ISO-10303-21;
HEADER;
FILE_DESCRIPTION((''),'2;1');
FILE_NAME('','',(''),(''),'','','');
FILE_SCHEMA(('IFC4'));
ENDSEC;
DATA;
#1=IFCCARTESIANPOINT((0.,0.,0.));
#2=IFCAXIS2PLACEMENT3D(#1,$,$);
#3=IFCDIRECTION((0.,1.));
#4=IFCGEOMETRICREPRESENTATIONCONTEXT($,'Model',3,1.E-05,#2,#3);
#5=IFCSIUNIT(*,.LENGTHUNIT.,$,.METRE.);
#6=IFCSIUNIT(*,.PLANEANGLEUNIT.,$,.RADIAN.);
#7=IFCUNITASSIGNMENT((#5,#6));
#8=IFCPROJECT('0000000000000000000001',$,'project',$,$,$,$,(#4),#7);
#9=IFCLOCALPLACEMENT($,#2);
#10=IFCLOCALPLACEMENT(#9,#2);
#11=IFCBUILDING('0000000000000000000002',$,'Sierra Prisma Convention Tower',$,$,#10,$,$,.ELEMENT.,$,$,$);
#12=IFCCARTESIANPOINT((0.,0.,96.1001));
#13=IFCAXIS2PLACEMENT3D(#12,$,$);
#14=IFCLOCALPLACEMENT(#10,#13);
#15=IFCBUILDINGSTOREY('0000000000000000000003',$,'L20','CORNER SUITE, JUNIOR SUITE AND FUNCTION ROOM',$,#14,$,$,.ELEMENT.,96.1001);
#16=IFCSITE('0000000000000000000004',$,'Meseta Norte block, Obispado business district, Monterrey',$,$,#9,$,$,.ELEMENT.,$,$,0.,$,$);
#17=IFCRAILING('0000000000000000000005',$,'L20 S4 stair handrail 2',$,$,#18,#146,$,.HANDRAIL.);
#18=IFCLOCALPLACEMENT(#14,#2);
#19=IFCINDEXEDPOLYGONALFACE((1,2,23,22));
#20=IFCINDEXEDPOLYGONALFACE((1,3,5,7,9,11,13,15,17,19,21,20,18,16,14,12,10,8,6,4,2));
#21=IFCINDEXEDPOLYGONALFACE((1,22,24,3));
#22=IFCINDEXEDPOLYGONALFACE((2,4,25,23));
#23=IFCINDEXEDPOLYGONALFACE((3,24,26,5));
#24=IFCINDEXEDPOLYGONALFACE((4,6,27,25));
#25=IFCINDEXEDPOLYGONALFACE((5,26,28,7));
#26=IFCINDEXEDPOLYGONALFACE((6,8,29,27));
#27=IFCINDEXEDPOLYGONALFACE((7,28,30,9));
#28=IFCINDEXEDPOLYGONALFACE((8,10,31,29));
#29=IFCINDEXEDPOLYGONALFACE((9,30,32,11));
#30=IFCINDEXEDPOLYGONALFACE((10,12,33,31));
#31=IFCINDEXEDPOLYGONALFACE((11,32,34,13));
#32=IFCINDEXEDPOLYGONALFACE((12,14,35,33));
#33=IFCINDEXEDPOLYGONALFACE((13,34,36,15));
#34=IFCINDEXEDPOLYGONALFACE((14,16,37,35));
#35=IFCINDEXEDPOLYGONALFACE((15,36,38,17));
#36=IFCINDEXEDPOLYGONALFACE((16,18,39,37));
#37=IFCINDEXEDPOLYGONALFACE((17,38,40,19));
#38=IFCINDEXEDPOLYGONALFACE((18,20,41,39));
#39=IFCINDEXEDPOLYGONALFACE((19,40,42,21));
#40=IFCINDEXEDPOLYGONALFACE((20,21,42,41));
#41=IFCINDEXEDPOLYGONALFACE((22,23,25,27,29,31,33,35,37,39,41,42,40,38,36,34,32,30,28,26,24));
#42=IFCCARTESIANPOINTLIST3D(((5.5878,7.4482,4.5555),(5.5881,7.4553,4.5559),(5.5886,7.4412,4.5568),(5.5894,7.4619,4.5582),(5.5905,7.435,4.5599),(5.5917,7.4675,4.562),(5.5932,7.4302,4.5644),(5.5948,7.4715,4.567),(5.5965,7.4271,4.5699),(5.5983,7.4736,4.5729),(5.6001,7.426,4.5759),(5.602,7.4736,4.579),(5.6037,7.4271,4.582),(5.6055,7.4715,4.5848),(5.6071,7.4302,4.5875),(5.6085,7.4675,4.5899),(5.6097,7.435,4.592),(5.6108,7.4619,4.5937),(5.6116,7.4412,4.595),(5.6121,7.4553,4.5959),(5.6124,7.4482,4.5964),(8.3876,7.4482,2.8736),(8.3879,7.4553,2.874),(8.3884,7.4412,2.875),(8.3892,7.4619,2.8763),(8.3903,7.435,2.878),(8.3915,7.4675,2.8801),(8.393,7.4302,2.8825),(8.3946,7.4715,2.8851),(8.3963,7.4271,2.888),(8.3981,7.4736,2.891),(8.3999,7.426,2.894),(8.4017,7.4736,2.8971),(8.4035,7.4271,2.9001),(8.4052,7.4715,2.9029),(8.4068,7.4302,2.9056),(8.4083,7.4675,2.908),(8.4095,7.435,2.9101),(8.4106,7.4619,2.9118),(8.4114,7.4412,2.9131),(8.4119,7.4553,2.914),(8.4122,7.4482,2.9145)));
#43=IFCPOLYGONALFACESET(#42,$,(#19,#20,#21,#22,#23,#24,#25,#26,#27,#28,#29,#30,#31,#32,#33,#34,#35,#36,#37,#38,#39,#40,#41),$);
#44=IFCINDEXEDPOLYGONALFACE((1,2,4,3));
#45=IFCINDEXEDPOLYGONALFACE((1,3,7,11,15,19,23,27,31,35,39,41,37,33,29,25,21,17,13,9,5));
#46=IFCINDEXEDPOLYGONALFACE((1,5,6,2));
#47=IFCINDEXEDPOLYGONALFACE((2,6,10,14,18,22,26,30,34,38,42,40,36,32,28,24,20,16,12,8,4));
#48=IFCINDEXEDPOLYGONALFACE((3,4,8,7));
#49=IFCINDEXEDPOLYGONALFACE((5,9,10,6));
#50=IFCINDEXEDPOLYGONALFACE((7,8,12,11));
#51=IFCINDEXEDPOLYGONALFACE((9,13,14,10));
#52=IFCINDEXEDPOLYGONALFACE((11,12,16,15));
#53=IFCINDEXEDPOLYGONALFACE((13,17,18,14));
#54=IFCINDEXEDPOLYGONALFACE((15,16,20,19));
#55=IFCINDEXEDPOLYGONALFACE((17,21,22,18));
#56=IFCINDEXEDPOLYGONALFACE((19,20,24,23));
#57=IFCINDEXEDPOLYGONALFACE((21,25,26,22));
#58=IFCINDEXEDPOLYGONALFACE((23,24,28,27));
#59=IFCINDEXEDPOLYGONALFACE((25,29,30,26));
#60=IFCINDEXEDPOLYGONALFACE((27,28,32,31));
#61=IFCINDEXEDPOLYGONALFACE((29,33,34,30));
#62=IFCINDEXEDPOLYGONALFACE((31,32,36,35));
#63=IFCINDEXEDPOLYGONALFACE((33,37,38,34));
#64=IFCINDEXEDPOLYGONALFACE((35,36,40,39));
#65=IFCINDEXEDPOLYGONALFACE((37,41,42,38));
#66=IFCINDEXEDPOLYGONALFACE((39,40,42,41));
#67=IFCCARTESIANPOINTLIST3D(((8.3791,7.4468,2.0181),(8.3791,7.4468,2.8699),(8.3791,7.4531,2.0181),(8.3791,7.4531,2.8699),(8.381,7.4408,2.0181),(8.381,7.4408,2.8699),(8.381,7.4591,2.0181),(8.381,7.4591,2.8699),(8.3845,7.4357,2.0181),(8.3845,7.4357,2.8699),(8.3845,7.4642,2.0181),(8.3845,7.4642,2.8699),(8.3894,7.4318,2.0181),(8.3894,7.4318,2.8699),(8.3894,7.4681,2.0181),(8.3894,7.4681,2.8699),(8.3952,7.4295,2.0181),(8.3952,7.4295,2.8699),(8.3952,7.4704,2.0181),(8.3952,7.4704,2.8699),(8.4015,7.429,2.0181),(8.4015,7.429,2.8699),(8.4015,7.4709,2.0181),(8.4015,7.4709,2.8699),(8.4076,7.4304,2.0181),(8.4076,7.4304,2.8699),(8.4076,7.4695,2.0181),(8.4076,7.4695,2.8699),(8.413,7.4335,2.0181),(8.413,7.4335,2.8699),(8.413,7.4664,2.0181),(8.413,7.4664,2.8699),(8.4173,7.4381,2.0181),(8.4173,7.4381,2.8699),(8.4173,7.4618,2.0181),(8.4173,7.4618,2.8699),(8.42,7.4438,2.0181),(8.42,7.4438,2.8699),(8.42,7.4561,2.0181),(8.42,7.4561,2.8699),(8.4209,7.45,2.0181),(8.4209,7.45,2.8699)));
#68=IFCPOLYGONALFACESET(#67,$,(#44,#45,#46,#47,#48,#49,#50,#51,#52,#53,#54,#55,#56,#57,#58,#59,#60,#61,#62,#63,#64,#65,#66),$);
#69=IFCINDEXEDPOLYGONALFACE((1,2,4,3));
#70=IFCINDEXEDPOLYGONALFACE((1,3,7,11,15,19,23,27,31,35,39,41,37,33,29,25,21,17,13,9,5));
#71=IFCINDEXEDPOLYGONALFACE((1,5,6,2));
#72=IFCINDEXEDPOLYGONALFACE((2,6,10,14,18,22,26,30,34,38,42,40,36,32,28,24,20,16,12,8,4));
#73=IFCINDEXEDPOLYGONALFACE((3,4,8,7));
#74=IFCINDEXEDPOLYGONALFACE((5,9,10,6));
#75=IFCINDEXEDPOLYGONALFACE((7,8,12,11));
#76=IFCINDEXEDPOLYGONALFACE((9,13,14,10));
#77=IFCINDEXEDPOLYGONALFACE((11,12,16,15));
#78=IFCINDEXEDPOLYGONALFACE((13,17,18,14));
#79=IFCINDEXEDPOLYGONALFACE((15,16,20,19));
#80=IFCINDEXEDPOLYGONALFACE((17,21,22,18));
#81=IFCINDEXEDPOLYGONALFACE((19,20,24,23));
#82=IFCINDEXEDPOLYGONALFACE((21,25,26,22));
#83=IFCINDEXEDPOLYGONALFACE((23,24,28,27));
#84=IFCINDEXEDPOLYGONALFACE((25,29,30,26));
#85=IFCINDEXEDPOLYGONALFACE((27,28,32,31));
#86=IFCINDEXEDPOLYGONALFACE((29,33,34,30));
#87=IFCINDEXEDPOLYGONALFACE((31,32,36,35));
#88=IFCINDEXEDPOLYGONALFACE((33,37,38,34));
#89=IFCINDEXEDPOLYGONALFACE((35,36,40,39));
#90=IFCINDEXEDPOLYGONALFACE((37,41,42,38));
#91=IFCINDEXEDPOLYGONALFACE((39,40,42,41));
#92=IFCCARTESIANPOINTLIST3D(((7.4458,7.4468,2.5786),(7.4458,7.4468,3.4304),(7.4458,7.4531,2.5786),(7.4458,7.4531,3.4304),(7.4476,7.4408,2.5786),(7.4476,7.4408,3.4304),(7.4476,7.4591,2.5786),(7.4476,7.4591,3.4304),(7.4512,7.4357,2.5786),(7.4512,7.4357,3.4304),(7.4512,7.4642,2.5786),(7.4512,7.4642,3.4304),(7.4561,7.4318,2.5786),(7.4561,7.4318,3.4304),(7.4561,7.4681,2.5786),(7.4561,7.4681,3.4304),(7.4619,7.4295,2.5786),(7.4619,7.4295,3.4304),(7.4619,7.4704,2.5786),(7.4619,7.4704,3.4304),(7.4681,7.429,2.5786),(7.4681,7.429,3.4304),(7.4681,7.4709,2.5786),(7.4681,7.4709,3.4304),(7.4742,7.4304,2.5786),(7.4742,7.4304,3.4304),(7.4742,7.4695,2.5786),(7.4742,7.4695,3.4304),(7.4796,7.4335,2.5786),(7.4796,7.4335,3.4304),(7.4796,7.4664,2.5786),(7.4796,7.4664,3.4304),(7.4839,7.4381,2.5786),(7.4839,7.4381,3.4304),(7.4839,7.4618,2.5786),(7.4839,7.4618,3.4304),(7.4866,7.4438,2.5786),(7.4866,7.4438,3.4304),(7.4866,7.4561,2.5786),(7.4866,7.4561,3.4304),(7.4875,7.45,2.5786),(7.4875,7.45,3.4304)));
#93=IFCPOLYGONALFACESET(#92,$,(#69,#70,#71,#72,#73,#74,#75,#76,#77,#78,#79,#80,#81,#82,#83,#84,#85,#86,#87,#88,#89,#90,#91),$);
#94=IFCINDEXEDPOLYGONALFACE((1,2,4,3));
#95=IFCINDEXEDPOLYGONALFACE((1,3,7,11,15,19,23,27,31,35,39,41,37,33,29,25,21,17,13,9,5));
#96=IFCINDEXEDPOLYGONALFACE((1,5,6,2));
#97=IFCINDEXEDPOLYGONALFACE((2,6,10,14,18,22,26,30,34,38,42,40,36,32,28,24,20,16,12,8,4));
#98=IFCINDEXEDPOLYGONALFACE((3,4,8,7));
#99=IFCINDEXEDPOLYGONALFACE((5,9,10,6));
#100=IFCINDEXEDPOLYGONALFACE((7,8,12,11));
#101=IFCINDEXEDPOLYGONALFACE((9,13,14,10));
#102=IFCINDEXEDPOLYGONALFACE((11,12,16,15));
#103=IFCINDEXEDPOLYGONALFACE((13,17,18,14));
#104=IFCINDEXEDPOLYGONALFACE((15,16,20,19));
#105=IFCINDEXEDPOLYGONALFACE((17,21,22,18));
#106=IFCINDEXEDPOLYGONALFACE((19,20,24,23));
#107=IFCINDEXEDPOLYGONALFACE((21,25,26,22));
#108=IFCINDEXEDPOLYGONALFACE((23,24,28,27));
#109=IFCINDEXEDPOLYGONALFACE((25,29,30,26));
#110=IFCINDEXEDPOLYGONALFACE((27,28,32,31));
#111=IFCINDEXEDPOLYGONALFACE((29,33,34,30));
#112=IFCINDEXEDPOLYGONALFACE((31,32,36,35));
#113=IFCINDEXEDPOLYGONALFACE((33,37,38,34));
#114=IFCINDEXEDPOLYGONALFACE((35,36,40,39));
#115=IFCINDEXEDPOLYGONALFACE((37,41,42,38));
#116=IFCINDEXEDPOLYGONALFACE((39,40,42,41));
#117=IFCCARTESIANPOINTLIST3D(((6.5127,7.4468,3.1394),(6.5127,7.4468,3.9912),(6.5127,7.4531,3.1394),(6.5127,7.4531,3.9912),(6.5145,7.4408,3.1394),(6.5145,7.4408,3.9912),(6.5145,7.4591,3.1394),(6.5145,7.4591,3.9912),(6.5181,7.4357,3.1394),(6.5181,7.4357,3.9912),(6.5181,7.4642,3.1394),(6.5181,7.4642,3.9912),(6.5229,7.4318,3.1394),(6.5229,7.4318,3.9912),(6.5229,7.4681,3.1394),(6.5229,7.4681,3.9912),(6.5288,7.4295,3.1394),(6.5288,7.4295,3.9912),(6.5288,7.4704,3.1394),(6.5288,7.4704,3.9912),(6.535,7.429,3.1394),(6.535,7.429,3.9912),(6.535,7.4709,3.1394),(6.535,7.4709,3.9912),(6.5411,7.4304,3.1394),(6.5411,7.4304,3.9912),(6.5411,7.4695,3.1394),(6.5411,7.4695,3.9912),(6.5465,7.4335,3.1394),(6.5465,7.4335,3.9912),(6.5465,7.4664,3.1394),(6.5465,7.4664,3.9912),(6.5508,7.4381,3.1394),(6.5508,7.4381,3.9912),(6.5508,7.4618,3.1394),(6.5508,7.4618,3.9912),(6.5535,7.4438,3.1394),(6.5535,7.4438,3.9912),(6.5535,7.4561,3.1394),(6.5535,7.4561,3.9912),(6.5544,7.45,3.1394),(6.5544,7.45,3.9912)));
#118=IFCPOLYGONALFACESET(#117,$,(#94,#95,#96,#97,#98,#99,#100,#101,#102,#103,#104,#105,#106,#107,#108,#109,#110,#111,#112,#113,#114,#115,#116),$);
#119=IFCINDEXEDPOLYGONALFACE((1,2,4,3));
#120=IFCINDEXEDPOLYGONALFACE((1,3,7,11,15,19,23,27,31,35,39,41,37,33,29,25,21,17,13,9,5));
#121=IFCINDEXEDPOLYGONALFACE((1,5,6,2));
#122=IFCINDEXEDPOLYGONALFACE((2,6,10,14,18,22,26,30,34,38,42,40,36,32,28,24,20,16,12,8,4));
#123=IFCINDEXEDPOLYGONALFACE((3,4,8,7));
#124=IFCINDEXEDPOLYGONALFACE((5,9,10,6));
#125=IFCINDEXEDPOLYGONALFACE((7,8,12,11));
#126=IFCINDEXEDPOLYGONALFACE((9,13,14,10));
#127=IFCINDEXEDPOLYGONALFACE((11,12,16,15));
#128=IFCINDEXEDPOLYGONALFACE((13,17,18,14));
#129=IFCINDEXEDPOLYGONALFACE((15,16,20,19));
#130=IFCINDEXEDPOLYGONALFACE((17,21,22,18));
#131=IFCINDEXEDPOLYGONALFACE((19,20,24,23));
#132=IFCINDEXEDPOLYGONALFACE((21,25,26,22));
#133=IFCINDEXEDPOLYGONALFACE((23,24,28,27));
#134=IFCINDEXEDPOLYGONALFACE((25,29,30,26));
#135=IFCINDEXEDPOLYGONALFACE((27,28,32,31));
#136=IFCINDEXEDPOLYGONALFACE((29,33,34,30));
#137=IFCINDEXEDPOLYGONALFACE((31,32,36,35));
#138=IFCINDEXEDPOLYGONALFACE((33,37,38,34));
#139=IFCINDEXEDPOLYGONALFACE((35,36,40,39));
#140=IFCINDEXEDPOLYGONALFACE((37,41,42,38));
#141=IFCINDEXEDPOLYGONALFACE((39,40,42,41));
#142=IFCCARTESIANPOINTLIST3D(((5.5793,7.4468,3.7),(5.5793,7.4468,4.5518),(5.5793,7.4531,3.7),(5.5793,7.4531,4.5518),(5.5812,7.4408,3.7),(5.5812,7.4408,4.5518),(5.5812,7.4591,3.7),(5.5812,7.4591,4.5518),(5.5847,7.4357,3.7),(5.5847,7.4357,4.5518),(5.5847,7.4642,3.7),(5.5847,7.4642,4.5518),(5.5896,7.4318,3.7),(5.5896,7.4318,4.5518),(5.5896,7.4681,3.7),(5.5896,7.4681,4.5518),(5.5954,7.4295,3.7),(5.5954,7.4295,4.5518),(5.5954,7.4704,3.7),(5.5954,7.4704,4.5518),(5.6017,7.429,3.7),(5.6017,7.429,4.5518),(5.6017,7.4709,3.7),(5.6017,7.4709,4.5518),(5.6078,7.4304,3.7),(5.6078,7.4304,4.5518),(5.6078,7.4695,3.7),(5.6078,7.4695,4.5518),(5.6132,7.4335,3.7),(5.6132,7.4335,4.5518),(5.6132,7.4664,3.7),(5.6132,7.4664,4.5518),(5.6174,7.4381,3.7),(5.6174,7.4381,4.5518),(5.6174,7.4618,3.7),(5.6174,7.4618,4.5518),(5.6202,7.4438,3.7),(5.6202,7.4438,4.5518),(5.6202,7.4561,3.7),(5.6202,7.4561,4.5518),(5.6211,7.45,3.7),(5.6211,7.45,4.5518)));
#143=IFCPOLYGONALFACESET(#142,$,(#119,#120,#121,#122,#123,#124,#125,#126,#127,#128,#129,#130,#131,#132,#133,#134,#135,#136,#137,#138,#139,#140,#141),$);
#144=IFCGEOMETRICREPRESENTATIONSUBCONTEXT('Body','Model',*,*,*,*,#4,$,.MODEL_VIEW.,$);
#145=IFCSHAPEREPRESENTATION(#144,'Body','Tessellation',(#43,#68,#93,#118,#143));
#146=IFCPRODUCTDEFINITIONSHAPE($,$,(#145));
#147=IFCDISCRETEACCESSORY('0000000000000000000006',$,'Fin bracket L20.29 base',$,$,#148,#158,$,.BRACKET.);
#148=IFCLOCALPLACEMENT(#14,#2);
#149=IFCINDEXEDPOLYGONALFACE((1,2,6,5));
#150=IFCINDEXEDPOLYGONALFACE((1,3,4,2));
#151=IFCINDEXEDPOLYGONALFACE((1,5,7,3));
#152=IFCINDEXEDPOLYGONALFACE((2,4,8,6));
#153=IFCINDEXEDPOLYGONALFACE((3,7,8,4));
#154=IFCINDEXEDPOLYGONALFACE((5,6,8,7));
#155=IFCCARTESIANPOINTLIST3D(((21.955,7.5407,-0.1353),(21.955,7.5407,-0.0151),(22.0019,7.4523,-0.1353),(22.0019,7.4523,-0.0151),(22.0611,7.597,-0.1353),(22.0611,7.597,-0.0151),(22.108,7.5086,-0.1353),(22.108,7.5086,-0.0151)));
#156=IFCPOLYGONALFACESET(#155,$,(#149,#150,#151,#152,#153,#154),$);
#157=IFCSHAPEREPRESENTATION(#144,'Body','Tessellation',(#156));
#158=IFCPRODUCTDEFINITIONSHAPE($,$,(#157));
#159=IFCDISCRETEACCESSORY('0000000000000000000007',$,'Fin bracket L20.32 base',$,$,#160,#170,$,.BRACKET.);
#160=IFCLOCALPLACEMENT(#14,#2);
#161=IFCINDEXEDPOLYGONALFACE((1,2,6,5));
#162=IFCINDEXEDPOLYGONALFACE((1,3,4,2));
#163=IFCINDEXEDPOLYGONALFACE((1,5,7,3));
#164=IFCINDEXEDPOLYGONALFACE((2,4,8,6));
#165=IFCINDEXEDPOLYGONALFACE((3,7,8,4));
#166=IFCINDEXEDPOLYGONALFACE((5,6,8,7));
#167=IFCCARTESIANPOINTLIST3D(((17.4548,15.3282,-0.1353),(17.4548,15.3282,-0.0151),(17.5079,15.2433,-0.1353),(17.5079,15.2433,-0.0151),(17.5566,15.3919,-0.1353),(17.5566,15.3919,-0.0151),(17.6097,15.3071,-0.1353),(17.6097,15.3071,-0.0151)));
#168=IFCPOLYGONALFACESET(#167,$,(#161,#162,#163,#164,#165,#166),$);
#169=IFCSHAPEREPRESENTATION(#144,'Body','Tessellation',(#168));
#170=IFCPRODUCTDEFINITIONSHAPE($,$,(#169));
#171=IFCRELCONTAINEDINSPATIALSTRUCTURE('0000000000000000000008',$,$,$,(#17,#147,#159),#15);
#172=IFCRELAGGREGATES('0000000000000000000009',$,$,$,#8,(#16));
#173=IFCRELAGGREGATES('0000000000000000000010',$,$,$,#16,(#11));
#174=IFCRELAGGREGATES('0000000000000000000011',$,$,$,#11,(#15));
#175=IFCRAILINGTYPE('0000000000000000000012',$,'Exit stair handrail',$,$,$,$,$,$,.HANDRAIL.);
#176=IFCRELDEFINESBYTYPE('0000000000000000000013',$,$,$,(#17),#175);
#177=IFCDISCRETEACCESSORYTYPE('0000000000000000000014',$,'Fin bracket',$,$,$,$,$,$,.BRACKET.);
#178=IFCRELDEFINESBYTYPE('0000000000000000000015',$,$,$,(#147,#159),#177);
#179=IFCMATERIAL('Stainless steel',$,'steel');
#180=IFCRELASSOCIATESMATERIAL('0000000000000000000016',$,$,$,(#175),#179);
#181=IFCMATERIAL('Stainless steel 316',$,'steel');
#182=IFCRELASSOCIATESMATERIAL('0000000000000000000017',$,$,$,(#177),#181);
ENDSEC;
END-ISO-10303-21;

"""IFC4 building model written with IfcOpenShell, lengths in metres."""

from ifc_helpers import new_model, si_unit, direction, frame, origin, origin_2d, place, context, subcontext, project, spatial, rectangle, circle, extrude, material, type_object, element, save


model = new_model("IFC4")

# Units and contexts
model_context = context("Model", 3, precision=1e-05, world=origin(), true_north=direction((0.0, 1.0)))
body_context = subcontext(model_context, "Body", "Model", "MODEL_VIEW")
ifc_project = project(units=[si_unit("LENGTHUNIT", "METRE"), si_unit("PLANEANGLEUNIT", "RADIAN")], contexts=[model_context])

# Site, building, storey
site_placement = place(None, origin())
site = spatial("IfcSite", under=ifc_project, at=site_placement, Name="Meseta Norte block, Obispado business district, Monterrey", CompositionType="ELEMENT", RefElevation=0.0)
building_placement = place(site_placement, origin())
building = spatial("IfcBuilding", under=site, at=building_placement, Name="Sierra Prisma Convention Tower", CompositionType="ELEMENT")
storey_placement = place(building_placement, frame((0.0, 0.0, 96.1001)))
storey = spatial("IfcBuildingStorey", under=building, at=storey_placement, Name="L20", Description="CORNER SUITE, JUNIOR SUITE AND FUNCTION ROOM", CompositionType="ELEMENT", Elevation=96.1001)

# Railing
ifc_material_1 = material(Name="Stainless steel", Category="steel")
railing_type = type_object("IfcRailingType", Name="Exit stair handrail", PredefinedType="HANDRAIL", material=ifc_material_1)
railing_placement = place(storey_placement, frame((8.3999, 7.45, 2.0181)))
element("IfcRailing", 1, at=railing_placement, inside=storey, type_object=railing_type, Name="L20 S4 stair handrail 2", PredefinedType="HANDRAIL", context=body_context, shape_type="SweptSolid", body=[
    extrude(circle(Radius=0.0239, at=origin_2d()), frame((0.0, 0.0, 0.876), z_axis=(-0.857222, 0.0, 0.514946), x_axis=(0.0, -1.0, 0.0)), (0.0, 0.0, 1.0), 3.2661),
    extrude(circle(Radius=0.021, at=origin_2d()), origin(), (0.0, 0.0, 1.0), 0.8518),
    extrude(circle(Radius=0.021, at=origin_2d()), frame((-0.9333, 0.0, 0.5605)), (0.0, 0.0, 1.0), 0.8518),
    extrude(circle(Radius=0.021, at=origin_2d()), frame((-1.8665, 0.0, 1.1213)), (0.0, 0.0, 1.0), 0.8518),
    extrude(circle(Radius=0.021, at=origin_2d()), frame((-2.7998, 0.0, 1.6819)), (0.0, 0.0, 1.0), 0.8518),
])

# Discrete accessories
ifc_material_2 = material(Name="Stainless steel 316", Category="steel")
discrete_accessory_type = type_object("IfcDiscreteAccessoryType", Name="Fin bracket", PredefinedType="BRACKET", material=ifc_material_2)
for number, where, z_axis, x_axis, name in (
    (2, (22.0315, 7.5247, -0.1353), (0.0, 0.0, 1.0), (0.883292, 0.468823, 0.0), "Fin bracket L20.29 base"),
    (3, (17.5322, 15.3176, -0.1353), (0.0, 0.0, 1.0), (0.847659, 0.530542, 0.0), "Fin bracket L20.32 base"),
):
    element("IfcDiscreteAccessory", number, at=place(storey_placement, frame(where, z_axis=z_axis, x_axis=x_axis)), inside=storey, type_object=discrete_accessory_type, Name=name, PredefinedType="BRACKET", context=body_context, shape_type="SweptSolid", body=[
        extrude(rectangle(XDim=0.1201, YDim=0.1001, at=origin_2d()), origin(), (0.0, 0.0, 1.0), 0.1201),
    ])

save(model, "model.ifc")
